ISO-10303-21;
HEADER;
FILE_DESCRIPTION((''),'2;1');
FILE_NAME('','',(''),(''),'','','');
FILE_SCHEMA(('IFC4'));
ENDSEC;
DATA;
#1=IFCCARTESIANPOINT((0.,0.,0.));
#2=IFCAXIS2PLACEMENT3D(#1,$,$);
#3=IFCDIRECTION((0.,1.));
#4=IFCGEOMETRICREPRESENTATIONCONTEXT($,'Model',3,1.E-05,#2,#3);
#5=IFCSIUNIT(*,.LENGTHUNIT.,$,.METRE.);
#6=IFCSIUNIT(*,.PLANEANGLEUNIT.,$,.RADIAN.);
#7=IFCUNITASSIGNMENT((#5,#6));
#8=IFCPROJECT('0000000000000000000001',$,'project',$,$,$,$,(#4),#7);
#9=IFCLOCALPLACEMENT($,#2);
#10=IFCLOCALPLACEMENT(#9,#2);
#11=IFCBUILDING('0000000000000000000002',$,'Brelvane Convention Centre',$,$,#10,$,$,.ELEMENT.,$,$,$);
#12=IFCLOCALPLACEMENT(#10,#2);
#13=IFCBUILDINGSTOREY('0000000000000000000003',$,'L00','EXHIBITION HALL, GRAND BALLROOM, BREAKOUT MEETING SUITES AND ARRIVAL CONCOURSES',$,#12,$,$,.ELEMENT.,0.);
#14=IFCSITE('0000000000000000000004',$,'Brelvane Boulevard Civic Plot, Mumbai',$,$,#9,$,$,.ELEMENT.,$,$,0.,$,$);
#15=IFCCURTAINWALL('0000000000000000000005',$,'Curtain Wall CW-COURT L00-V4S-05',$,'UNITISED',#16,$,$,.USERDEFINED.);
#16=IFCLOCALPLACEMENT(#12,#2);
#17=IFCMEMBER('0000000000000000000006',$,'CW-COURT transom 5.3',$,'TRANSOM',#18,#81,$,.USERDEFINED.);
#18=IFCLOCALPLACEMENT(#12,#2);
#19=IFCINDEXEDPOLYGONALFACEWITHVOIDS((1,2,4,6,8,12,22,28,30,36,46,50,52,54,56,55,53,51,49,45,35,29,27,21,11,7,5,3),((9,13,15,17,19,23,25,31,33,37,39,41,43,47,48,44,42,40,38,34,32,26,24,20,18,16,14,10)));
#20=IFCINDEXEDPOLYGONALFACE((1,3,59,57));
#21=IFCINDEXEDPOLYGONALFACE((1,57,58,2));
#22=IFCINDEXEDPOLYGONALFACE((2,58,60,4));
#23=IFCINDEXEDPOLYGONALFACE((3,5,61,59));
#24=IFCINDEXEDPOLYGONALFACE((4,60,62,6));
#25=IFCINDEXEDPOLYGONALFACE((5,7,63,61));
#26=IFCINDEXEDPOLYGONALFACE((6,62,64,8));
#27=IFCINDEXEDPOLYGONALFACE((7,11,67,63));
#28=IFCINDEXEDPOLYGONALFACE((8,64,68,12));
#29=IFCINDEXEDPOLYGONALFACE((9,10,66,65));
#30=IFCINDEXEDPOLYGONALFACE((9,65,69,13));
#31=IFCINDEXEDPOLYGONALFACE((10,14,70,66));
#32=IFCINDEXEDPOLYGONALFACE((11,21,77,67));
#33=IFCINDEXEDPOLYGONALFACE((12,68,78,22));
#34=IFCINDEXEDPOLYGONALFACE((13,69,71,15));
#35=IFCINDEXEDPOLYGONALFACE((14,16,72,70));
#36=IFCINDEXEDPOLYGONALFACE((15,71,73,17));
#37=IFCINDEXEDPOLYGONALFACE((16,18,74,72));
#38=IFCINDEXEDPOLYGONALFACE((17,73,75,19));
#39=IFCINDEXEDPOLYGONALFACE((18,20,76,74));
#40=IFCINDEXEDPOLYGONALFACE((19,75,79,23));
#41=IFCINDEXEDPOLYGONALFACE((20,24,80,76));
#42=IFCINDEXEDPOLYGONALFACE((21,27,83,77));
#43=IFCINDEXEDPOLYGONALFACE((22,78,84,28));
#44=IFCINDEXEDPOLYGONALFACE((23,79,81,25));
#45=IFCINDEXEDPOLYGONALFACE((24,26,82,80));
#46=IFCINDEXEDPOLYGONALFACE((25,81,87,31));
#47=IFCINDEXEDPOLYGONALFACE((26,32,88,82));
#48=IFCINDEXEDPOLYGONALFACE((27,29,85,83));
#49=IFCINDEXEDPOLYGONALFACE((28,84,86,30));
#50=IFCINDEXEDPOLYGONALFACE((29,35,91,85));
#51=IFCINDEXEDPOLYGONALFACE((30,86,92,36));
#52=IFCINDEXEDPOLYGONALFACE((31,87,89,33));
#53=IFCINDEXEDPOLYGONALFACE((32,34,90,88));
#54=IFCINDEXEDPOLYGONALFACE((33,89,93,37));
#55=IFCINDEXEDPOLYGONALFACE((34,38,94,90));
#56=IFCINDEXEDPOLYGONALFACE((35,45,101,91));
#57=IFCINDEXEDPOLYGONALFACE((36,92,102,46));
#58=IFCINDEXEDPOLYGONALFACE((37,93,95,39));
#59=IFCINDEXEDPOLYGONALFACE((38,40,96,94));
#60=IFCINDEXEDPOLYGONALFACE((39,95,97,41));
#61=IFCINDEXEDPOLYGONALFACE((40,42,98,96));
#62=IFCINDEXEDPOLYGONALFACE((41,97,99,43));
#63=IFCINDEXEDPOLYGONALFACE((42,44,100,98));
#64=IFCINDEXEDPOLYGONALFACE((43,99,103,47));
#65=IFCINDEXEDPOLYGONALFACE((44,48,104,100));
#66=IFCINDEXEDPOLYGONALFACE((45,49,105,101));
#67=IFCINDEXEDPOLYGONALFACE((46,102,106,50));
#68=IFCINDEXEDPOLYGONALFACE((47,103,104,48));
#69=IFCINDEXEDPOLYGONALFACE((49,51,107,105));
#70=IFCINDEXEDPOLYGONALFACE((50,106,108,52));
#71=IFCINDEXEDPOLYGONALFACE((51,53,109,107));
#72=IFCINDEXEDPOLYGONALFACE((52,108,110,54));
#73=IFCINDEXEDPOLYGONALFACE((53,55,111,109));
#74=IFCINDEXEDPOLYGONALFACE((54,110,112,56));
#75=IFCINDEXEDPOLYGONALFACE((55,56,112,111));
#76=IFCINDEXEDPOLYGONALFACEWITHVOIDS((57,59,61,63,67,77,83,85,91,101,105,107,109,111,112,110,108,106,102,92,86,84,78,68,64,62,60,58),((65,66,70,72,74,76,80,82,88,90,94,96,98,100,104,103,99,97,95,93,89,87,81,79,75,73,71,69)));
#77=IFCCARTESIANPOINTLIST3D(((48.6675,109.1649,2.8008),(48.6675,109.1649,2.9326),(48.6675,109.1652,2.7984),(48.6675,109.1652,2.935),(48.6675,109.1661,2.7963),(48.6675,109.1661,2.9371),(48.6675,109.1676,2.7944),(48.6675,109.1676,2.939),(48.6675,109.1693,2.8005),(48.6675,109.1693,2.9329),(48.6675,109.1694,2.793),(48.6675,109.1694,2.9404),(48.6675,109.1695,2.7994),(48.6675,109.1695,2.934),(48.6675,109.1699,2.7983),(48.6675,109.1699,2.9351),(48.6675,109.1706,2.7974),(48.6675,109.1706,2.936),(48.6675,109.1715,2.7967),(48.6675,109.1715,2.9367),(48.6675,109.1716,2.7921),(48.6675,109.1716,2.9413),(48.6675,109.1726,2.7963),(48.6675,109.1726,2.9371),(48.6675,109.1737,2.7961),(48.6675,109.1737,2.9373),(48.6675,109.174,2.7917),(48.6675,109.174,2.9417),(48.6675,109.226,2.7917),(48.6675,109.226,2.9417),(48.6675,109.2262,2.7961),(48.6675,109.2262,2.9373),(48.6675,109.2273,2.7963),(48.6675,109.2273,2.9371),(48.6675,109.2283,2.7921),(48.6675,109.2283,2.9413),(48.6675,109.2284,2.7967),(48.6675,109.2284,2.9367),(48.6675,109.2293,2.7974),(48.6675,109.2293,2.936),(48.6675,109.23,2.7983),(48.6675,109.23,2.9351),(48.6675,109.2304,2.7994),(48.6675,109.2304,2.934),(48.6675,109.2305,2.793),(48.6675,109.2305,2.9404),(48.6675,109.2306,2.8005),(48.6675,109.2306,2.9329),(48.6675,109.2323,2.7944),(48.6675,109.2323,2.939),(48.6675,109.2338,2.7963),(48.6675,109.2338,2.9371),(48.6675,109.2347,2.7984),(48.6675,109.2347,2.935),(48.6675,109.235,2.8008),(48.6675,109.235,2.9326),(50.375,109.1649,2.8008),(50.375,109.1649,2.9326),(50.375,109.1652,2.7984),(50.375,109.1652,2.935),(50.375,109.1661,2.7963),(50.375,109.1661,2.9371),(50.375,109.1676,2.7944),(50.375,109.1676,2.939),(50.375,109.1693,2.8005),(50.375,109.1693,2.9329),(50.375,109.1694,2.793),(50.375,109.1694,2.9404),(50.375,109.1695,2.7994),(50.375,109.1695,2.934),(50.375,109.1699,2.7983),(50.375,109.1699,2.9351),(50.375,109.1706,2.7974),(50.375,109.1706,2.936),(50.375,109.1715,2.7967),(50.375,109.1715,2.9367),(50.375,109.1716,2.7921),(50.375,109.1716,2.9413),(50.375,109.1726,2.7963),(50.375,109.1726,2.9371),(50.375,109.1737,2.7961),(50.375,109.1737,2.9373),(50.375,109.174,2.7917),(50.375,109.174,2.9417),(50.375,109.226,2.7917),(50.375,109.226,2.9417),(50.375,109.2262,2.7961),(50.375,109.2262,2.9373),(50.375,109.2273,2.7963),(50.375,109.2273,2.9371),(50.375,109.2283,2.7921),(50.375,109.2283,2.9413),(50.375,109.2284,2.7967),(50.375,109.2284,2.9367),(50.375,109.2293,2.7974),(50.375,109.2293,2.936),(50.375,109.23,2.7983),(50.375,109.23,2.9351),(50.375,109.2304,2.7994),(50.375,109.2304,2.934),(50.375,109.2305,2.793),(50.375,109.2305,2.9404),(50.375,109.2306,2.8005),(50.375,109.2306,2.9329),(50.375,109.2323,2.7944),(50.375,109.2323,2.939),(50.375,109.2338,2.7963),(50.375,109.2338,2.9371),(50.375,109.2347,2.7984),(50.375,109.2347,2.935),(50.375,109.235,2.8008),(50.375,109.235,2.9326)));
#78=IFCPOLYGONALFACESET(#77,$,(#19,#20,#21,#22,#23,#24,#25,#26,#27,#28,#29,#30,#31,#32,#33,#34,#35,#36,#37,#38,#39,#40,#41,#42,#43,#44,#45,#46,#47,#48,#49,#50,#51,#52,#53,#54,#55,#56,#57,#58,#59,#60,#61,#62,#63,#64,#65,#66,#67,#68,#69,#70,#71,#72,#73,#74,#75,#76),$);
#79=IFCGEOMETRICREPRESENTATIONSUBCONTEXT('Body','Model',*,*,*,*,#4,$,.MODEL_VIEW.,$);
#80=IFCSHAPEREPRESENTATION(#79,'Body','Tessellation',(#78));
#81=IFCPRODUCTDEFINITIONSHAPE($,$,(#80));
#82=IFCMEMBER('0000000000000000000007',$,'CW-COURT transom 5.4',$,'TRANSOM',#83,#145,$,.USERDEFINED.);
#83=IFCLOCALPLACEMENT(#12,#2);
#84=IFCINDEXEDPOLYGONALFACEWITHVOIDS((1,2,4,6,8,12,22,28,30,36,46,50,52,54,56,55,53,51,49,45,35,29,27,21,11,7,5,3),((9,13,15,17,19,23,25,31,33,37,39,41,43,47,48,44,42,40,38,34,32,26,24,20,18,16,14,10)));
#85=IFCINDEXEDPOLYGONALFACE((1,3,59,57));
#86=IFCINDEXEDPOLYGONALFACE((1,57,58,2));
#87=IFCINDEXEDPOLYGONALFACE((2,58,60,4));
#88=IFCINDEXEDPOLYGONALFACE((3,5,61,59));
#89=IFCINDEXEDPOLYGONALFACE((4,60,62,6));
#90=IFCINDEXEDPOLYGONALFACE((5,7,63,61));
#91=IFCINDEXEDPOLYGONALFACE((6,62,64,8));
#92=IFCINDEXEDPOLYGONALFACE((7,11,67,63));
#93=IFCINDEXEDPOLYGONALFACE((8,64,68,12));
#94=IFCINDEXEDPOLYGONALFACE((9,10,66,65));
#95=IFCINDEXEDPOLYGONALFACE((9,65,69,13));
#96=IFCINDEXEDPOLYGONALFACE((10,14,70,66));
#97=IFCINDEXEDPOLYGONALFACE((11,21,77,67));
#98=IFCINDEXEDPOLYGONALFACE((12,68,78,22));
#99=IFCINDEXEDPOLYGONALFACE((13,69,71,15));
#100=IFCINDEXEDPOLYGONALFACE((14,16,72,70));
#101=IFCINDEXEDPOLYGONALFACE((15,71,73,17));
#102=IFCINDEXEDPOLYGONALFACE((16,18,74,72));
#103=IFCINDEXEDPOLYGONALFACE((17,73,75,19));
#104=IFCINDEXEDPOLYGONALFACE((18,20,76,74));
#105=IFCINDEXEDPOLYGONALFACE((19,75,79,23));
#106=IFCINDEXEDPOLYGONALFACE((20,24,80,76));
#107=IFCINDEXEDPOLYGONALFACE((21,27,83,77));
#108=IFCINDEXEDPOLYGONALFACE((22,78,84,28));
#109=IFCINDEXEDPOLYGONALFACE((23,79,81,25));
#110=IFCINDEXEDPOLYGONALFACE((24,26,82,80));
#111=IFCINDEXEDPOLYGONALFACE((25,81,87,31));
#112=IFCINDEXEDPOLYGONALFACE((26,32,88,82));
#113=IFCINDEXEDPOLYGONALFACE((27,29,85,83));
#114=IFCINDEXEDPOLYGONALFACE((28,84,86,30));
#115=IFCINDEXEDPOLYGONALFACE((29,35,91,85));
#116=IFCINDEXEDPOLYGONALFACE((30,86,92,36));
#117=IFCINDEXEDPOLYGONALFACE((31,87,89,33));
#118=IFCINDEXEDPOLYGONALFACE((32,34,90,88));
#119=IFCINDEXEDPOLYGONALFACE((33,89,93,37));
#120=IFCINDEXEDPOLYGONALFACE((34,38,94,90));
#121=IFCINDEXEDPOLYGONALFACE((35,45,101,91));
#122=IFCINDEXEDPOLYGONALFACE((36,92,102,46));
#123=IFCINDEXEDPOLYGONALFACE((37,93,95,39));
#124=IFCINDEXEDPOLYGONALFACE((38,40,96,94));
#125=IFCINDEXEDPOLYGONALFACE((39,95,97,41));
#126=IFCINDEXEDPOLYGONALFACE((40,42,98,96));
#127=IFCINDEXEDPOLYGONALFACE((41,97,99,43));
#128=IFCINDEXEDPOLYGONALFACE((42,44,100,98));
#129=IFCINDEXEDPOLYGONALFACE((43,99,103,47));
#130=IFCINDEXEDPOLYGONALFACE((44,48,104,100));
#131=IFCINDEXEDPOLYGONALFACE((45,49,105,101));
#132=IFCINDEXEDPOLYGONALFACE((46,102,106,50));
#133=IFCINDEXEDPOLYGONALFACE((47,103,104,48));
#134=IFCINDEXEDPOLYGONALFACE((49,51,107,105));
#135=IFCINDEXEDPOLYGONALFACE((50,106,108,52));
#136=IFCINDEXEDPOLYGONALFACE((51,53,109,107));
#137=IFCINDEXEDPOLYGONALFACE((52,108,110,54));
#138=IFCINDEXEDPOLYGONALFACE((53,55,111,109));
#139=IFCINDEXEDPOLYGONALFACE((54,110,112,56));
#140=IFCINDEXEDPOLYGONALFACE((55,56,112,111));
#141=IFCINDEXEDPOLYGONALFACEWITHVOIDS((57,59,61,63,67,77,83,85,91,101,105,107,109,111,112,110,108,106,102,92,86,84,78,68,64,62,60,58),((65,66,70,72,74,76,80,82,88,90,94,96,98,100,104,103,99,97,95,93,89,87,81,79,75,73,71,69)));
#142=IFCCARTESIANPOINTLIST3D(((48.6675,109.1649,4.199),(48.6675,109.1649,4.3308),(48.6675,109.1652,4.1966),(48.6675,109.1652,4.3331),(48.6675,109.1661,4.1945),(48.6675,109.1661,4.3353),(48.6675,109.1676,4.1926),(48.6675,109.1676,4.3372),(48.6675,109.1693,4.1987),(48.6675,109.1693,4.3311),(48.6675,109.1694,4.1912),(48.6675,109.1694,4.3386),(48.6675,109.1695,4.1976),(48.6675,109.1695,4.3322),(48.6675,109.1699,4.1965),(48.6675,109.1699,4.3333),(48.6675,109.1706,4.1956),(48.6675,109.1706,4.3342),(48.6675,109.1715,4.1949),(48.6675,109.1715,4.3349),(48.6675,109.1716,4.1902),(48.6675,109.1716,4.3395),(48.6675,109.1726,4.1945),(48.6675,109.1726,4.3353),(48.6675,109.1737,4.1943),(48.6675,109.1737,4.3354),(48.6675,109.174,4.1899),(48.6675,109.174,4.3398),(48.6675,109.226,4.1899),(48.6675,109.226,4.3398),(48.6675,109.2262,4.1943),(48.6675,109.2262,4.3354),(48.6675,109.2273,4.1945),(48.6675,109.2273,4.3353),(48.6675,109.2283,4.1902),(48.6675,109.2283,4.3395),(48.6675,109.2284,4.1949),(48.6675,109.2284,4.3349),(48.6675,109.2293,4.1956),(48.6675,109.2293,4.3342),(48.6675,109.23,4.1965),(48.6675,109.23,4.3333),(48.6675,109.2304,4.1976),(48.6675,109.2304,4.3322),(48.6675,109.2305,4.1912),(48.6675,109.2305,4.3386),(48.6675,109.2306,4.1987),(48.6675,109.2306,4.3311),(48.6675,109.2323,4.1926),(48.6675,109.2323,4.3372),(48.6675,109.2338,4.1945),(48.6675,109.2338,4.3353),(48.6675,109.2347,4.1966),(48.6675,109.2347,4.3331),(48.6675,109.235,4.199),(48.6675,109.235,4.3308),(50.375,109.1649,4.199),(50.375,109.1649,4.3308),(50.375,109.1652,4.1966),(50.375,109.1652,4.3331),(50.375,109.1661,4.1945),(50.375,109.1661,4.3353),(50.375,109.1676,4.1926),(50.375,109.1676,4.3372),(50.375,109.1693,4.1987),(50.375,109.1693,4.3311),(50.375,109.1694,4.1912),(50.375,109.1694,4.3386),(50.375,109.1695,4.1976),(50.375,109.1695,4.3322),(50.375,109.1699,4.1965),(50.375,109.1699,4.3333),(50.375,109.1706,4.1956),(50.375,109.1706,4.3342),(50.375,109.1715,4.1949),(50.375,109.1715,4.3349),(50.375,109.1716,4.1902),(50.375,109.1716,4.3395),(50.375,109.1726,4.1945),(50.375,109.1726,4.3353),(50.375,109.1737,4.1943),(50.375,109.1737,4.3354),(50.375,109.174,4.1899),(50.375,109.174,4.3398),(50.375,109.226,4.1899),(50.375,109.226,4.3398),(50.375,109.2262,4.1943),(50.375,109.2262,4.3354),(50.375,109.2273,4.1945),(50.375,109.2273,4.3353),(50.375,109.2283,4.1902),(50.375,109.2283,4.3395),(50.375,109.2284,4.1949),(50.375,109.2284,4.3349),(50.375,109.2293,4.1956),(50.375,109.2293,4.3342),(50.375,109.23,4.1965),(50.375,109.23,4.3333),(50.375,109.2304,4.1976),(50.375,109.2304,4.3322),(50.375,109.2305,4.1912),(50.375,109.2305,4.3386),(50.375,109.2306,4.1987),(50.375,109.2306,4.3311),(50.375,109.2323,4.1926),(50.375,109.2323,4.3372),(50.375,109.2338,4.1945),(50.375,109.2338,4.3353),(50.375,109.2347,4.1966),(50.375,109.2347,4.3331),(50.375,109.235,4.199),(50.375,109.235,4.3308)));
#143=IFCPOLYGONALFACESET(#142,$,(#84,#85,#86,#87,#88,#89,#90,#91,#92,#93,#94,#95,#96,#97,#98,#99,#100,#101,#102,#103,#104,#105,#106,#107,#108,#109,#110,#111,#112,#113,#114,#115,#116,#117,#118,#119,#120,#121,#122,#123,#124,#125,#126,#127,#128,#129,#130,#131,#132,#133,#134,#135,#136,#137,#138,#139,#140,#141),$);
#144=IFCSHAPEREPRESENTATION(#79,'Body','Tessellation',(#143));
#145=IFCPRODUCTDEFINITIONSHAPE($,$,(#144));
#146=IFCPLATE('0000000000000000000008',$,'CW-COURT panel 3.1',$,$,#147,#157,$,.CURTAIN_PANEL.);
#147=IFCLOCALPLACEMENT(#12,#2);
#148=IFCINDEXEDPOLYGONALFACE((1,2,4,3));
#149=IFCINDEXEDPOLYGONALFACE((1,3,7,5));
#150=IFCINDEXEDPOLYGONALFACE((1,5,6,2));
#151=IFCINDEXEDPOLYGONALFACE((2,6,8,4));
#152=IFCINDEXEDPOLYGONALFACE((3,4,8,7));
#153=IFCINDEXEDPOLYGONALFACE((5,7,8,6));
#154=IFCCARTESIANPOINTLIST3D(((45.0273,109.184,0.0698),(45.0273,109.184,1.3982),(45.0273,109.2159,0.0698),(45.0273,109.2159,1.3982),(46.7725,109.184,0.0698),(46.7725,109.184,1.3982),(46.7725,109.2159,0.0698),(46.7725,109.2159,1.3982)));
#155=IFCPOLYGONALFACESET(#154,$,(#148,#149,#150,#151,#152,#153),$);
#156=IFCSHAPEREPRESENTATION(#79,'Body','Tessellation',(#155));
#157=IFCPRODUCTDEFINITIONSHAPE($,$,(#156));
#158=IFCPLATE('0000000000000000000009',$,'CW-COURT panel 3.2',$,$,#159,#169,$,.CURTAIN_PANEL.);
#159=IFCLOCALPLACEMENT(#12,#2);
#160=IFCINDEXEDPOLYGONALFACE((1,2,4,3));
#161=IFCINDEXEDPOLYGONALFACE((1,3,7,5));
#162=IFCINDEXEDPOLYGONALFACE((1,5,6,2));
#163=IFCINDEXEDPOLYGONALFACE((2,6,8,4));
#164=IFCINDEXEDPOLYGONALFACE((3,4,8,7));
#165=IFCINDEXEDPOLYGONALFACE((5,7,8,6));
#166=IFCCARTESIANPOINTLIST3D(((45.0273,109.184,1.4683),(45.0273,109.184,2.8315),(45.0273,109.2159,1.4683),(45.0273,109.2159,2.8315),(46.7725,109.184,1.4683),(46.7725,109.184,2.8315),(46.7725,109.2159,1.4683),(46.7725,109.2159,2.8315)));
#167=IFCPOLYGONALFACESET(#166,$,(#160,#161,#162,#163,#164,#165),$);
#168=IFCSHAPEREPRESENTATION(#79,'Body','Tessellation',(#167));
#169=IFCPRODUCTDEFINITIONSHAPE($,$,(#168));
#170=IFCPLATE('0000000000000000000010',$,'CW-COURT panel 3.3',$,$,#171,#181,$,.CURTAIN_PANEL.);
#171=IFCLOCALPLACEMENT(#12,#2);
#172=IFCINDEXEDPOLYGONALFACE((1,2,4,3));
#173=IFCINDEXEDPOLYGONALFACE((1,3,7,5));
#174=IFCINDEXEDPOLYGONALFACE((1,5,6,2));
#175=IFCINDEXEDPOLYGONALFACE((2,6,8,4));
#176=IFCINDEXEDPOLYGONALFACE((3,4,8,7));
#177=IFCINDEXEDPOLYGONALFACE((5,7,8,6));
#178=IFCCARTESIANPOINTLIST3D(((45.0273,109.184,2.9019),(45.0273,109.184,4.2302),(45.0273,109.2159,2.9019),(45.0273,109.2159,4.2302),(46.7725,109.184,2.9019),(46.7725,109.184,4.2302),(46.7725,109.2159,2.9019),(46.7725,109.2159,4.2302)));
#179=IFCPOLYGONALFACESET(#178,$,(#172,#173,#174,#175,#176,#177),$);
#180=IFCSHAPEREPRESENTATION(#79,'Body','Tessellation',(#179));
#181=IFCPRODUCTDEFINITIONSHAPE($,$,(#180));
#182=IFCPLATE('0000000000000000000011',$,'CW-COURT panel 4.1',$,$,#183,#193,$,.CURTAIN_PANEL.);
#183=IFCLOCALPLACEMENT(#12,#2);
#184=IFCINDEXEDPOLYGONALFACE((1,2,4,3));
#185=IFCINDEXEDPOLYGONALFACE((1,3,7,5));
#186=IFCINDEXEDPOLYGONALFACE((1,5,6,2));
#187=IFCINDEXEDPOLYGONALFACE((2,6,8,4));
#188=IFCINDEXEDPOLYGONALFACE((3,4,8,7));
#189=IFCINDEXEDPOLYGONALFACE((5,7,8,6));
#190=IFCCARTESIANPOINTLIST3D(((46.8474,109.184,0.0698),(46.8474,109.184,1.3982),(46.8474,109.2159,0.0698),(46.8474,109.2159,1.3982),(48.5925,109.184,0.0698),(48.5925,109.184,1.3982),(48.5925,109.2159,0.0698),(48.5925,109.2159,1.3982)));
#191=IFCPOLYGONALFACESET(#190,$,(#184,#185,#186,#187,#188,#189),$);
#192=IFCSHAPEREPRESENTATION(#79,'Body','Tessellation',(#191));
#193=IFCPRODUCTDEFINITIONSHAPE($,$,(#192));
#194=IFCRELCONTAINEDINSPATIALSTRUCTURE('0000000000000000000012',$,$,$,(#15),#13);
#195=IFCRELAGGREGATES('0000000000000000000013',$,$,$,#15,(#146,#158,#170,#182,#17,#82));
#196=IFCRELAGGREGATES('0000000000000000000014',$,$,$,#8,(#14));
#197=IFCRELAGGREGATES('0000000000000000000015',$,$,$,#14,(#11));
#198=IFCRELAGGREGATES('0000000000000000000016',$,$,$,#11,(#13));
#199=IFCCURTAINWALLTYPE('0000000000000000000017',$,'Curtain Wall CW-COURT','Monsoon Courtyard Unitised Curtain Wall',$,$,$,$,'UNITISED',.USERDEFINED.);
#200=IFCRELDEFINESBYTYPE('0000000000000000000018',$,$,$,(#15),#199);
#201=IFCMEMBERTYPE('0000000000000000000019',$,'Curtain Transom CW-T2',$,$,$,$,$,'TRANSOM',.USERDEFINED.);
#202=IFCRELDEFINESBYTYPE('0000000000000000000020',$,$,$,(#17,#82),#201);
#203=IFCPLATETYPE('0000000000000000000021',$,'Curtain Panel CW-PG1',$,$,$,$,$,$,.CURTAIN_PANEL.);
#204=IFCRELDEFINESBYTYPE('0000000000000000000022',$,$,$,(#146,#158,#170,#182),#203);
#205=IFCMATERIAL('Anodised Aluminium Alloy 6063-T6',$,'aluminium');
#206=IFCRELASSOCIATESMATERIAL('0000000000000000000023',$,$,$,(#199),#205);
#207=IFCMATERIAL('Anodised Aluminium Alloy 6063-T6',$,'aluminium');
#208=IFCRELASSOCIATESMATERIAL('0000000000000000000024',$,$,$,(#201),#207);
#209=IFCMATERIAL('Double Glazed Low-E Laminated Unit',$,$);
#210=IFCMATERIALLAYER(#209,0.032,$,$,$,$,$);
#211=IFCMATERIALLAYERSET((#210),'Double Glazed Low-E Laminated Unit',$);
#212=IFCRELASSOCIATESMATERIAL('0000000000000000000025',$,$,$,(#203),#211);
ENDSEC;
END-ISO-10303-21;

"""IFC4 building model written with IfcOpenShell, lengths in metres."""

from ifc_helpers import new_model, si_unit, direction, frame, origin, origin_2d, place, context, subcontext, project, spatial, rectangle, hollow_rectangle, extrude, material, layer, layer_set, material_profile, profile_set, type_object, element, aggregate, save


model = new_model("IFC4")

# Units and contexts
model_context = context("Model", 3, precision=1e-05, world=origin(), true_north=direction((0.0, 1.0)))
body_context = subcontext(model_context, "Body", "Model", "MODEL_VIEW")
ifc_project = project(units=[si_unit("LENGTHUNIT", "METRE"), si_unit("PLANEANGLEUNIT", "RADIAN")], contexts=[model_context])

# Site, building, storey
site_placement = place(None, origin())
site = spatial("IfcSite", under=ifc_project, at=site_placement, Name="Brelvane Boulevard Civic Plot, Mumbai", CompositionType="ELEMENT", RefElevation=0.0)
building_placement = place(site_placement, origin())
building = spatial("IfcBuilding", under=site, at=building_placement, Name="Brelvane Convention Centre", CompositionType="ELEMENT")
storey_placement = place(building_placement, origin())
storey = spatial("IfcBuildingStorey", under=building, at=storey_placement, Name="L00", Description="EXHIBITION HALL, GRAND BALLROOM, BREAKOUT MEETING SUITES AND ARRIVAL CONCOURSES", CompositionType="ELEMENT", Elevation=0.0)

# Curtain wall, members, plates
ifc_material_1 = material(Name="Anodised Aluminium Alloy 6063-T6", Category="aluminium")
curtain_wall_type = type_object("IfcCurtainWallType", Name="Curtain Wall CW-COURT", Description="Monsoon Courtyard Unitised Curtain Wall", ElementType="UNITISED", PredefinedType="USERDEFINED", material=ifc_material_1)
curtain_wall_placement = place(storey_placement, origin())
curtain_wall = element("IfcCurtainWall", 1, at=curtain_wall_placement, inside=storey, type_object=curtain_wall_type, Name="Curtain Wall CW-COURT L00-V4S-05", ObjectType="UNITISED", PredefinedType="USERDEFINED")
ifc_material_2 = material(Name="Anodised Aluminium Alloy 6063-T6", Category="aluminium")
ifc_material_profile_1 = material_profile(ifc_material_2, hollow_rectangle(XDim=0.0701, YDim=0.1499, WallThickness=0.0044, InnerFilletRadius=0.0044, OuterFilletRadius=0.009, at=origin_2d()), Name="ALU-T 150x70x4.5")
ifc_profile_set_1 = profile_set([ifc_material_profile_1], Name="Anodised Aluminium Alloy 6063-T6")
member_type_1 = type_object("IfcMemberType", Name="Curtain Transom CW-T2", ElementType="TRANSOM", PredefinedType="USERDEFINED", material=ifc_profile_set_1)
member_1_placement = place(storey_placement, frame((48.6675, 109.2, 2.8667), z_axis=(1.0, 0.0, 0.0), x_axis=(0.0, 1.0, 0.0)))
member_1 = element("IfcMember", 2, at=member_1_placement, type_object=member_type_1, Name="CW-COURT transom 5.3", ObjectType="TRANSOM", PredefinedType="USERDEFINED", context=body_context, shape_type="SweptSolid", body=[
    extrude(hollow_rectangle(XDim=0.0701, YDim=0.1499, WallThickness=0.0044, InnerFilletRadius=0.0044, OuterFilletRadius=0.009, at=origin_2d()), origin(), (0.0, 0.0, 1.0), 1.7075),
])
member_2_placement = place(storey_placement, frame((48.6675, 109.2, 4.2649), z_axis=(1.0, 0.0, 0.0), x_axis=(0.0, 1.0, 0.0)))
member_2 = element("IfcMember", 3, at=member_2_placement, type_object=member_type_1, Name="CW-COURT transom 5.4", ObjectType="TRANSOM", PredefinedType="USERDEFINED", context=body_context, shape_type="SweptSolid", body=[
    extrude(hollow_rectangle(XDim=0.0701, YDim=0.1499, WallThickness=0.0044, InnerFilletRadius=0.0044, OuterFilletRadius=0.009, at=origin_2d()), origin(), (0.0, 0.0, 1.0), 1.7075),
])
ifc_material_3 = material(Name="Double Glazed Low-E Laminated Unit")
ifc_layer = layer(ifc_material_3, 0.032)
ifc_layer_set = layer_set([ifc_layer], Name="Double Glazed Low-E Laminated Unit")
plate_type = type_object("IfcPlateType", Name="Curtain Panel CW-PG1", PredefinedType="CURTAIN_PANEL", material=ifc_layer_set)
plate_1_placement = place(storey_placement, frame((45.8999, 109.2, 0.0698), z_axis=(0.0, 0.0, 1.0), x_axis=(1.0, 0.0, 0.0)))
plate_1 = element("IfcPlate", 4, at=plate_1_placement, type_object=plate_type, Name="CW-COURT panel 3.1", PredefinedType="CURTAIN_PANEL", context=body_context, shape_type="SweptSolid", body=[
    extrude(rectangle(XDim=1.7451, YDim=0.032, at=origin_2d()), origin(), (0.0, 0.0, 1.0), 1.3284),
])
plate_2_placement = place(storey_placement, frame((45.8999, 109.2, 1.4683), z_axis=(0.0, 0.0, 1.0), x_axis=(1.0, 0.0, 0.0)))
plate_2 = element("IfcPlate", 5, at=plate_2_placement, type_object=plate_type, Name="CW-COURT panel 3.2", PredefinedType="CURTAIN_PANEL", context=body_context, shape_type="SweptSolid", body=[
    extrude(rectangle(XDim=1.7451, YDim=0.032, at=origin_2d()), origin(), (0.0, 0.0, 1.0), 1.3633),
])
plate_3_placement = place(storey_placement, frame((45.8999, 109.2, 2.9019), z_axis=(0.0, 0.0, 1.0), x_axis=(1.0, 0.0, 0.0)))
plate_3 = element("IfcPlate", 6, at=plate_3_placement, type_object=plate_type, Name="CW-COURT panel 3.3", PredefinedType="CURTAIN_PANEL", context=body_context, shape_type="SweptSolid", body=[
    extrude(rectangle(XDim=1.7451, YDim=0.032, at=origin_2d()), origin(), (0.0, 0.0, 1.0), 1.3284),
])
plate_4_placement = place(storey_placement, frame((47.72, 109.2, 0.0698), z_axis=(0.0, 0.0, 1.0), x_axis=(1.0, 0.0, 0.0)))
plate_4 = element("IfcPlate", 7, at=plate_4_placement, type_object=plate_type, Name="CW-COURT panel 4.1", PredefinedType="CURTAIN_PANEL", context=body_context, shape_type="SweptSolid", body=[
    extrude(rectangle(XDim=1.7451, YDim=0.032, at=origin_2d()), origin(), (0.0, 0.0, 1.0), 1.3284),
])
aggregate(curtain_wall, [plate_1, plate_2, plate_3, plate_4, member_1, member_2])

save(model, "model.ifc")
